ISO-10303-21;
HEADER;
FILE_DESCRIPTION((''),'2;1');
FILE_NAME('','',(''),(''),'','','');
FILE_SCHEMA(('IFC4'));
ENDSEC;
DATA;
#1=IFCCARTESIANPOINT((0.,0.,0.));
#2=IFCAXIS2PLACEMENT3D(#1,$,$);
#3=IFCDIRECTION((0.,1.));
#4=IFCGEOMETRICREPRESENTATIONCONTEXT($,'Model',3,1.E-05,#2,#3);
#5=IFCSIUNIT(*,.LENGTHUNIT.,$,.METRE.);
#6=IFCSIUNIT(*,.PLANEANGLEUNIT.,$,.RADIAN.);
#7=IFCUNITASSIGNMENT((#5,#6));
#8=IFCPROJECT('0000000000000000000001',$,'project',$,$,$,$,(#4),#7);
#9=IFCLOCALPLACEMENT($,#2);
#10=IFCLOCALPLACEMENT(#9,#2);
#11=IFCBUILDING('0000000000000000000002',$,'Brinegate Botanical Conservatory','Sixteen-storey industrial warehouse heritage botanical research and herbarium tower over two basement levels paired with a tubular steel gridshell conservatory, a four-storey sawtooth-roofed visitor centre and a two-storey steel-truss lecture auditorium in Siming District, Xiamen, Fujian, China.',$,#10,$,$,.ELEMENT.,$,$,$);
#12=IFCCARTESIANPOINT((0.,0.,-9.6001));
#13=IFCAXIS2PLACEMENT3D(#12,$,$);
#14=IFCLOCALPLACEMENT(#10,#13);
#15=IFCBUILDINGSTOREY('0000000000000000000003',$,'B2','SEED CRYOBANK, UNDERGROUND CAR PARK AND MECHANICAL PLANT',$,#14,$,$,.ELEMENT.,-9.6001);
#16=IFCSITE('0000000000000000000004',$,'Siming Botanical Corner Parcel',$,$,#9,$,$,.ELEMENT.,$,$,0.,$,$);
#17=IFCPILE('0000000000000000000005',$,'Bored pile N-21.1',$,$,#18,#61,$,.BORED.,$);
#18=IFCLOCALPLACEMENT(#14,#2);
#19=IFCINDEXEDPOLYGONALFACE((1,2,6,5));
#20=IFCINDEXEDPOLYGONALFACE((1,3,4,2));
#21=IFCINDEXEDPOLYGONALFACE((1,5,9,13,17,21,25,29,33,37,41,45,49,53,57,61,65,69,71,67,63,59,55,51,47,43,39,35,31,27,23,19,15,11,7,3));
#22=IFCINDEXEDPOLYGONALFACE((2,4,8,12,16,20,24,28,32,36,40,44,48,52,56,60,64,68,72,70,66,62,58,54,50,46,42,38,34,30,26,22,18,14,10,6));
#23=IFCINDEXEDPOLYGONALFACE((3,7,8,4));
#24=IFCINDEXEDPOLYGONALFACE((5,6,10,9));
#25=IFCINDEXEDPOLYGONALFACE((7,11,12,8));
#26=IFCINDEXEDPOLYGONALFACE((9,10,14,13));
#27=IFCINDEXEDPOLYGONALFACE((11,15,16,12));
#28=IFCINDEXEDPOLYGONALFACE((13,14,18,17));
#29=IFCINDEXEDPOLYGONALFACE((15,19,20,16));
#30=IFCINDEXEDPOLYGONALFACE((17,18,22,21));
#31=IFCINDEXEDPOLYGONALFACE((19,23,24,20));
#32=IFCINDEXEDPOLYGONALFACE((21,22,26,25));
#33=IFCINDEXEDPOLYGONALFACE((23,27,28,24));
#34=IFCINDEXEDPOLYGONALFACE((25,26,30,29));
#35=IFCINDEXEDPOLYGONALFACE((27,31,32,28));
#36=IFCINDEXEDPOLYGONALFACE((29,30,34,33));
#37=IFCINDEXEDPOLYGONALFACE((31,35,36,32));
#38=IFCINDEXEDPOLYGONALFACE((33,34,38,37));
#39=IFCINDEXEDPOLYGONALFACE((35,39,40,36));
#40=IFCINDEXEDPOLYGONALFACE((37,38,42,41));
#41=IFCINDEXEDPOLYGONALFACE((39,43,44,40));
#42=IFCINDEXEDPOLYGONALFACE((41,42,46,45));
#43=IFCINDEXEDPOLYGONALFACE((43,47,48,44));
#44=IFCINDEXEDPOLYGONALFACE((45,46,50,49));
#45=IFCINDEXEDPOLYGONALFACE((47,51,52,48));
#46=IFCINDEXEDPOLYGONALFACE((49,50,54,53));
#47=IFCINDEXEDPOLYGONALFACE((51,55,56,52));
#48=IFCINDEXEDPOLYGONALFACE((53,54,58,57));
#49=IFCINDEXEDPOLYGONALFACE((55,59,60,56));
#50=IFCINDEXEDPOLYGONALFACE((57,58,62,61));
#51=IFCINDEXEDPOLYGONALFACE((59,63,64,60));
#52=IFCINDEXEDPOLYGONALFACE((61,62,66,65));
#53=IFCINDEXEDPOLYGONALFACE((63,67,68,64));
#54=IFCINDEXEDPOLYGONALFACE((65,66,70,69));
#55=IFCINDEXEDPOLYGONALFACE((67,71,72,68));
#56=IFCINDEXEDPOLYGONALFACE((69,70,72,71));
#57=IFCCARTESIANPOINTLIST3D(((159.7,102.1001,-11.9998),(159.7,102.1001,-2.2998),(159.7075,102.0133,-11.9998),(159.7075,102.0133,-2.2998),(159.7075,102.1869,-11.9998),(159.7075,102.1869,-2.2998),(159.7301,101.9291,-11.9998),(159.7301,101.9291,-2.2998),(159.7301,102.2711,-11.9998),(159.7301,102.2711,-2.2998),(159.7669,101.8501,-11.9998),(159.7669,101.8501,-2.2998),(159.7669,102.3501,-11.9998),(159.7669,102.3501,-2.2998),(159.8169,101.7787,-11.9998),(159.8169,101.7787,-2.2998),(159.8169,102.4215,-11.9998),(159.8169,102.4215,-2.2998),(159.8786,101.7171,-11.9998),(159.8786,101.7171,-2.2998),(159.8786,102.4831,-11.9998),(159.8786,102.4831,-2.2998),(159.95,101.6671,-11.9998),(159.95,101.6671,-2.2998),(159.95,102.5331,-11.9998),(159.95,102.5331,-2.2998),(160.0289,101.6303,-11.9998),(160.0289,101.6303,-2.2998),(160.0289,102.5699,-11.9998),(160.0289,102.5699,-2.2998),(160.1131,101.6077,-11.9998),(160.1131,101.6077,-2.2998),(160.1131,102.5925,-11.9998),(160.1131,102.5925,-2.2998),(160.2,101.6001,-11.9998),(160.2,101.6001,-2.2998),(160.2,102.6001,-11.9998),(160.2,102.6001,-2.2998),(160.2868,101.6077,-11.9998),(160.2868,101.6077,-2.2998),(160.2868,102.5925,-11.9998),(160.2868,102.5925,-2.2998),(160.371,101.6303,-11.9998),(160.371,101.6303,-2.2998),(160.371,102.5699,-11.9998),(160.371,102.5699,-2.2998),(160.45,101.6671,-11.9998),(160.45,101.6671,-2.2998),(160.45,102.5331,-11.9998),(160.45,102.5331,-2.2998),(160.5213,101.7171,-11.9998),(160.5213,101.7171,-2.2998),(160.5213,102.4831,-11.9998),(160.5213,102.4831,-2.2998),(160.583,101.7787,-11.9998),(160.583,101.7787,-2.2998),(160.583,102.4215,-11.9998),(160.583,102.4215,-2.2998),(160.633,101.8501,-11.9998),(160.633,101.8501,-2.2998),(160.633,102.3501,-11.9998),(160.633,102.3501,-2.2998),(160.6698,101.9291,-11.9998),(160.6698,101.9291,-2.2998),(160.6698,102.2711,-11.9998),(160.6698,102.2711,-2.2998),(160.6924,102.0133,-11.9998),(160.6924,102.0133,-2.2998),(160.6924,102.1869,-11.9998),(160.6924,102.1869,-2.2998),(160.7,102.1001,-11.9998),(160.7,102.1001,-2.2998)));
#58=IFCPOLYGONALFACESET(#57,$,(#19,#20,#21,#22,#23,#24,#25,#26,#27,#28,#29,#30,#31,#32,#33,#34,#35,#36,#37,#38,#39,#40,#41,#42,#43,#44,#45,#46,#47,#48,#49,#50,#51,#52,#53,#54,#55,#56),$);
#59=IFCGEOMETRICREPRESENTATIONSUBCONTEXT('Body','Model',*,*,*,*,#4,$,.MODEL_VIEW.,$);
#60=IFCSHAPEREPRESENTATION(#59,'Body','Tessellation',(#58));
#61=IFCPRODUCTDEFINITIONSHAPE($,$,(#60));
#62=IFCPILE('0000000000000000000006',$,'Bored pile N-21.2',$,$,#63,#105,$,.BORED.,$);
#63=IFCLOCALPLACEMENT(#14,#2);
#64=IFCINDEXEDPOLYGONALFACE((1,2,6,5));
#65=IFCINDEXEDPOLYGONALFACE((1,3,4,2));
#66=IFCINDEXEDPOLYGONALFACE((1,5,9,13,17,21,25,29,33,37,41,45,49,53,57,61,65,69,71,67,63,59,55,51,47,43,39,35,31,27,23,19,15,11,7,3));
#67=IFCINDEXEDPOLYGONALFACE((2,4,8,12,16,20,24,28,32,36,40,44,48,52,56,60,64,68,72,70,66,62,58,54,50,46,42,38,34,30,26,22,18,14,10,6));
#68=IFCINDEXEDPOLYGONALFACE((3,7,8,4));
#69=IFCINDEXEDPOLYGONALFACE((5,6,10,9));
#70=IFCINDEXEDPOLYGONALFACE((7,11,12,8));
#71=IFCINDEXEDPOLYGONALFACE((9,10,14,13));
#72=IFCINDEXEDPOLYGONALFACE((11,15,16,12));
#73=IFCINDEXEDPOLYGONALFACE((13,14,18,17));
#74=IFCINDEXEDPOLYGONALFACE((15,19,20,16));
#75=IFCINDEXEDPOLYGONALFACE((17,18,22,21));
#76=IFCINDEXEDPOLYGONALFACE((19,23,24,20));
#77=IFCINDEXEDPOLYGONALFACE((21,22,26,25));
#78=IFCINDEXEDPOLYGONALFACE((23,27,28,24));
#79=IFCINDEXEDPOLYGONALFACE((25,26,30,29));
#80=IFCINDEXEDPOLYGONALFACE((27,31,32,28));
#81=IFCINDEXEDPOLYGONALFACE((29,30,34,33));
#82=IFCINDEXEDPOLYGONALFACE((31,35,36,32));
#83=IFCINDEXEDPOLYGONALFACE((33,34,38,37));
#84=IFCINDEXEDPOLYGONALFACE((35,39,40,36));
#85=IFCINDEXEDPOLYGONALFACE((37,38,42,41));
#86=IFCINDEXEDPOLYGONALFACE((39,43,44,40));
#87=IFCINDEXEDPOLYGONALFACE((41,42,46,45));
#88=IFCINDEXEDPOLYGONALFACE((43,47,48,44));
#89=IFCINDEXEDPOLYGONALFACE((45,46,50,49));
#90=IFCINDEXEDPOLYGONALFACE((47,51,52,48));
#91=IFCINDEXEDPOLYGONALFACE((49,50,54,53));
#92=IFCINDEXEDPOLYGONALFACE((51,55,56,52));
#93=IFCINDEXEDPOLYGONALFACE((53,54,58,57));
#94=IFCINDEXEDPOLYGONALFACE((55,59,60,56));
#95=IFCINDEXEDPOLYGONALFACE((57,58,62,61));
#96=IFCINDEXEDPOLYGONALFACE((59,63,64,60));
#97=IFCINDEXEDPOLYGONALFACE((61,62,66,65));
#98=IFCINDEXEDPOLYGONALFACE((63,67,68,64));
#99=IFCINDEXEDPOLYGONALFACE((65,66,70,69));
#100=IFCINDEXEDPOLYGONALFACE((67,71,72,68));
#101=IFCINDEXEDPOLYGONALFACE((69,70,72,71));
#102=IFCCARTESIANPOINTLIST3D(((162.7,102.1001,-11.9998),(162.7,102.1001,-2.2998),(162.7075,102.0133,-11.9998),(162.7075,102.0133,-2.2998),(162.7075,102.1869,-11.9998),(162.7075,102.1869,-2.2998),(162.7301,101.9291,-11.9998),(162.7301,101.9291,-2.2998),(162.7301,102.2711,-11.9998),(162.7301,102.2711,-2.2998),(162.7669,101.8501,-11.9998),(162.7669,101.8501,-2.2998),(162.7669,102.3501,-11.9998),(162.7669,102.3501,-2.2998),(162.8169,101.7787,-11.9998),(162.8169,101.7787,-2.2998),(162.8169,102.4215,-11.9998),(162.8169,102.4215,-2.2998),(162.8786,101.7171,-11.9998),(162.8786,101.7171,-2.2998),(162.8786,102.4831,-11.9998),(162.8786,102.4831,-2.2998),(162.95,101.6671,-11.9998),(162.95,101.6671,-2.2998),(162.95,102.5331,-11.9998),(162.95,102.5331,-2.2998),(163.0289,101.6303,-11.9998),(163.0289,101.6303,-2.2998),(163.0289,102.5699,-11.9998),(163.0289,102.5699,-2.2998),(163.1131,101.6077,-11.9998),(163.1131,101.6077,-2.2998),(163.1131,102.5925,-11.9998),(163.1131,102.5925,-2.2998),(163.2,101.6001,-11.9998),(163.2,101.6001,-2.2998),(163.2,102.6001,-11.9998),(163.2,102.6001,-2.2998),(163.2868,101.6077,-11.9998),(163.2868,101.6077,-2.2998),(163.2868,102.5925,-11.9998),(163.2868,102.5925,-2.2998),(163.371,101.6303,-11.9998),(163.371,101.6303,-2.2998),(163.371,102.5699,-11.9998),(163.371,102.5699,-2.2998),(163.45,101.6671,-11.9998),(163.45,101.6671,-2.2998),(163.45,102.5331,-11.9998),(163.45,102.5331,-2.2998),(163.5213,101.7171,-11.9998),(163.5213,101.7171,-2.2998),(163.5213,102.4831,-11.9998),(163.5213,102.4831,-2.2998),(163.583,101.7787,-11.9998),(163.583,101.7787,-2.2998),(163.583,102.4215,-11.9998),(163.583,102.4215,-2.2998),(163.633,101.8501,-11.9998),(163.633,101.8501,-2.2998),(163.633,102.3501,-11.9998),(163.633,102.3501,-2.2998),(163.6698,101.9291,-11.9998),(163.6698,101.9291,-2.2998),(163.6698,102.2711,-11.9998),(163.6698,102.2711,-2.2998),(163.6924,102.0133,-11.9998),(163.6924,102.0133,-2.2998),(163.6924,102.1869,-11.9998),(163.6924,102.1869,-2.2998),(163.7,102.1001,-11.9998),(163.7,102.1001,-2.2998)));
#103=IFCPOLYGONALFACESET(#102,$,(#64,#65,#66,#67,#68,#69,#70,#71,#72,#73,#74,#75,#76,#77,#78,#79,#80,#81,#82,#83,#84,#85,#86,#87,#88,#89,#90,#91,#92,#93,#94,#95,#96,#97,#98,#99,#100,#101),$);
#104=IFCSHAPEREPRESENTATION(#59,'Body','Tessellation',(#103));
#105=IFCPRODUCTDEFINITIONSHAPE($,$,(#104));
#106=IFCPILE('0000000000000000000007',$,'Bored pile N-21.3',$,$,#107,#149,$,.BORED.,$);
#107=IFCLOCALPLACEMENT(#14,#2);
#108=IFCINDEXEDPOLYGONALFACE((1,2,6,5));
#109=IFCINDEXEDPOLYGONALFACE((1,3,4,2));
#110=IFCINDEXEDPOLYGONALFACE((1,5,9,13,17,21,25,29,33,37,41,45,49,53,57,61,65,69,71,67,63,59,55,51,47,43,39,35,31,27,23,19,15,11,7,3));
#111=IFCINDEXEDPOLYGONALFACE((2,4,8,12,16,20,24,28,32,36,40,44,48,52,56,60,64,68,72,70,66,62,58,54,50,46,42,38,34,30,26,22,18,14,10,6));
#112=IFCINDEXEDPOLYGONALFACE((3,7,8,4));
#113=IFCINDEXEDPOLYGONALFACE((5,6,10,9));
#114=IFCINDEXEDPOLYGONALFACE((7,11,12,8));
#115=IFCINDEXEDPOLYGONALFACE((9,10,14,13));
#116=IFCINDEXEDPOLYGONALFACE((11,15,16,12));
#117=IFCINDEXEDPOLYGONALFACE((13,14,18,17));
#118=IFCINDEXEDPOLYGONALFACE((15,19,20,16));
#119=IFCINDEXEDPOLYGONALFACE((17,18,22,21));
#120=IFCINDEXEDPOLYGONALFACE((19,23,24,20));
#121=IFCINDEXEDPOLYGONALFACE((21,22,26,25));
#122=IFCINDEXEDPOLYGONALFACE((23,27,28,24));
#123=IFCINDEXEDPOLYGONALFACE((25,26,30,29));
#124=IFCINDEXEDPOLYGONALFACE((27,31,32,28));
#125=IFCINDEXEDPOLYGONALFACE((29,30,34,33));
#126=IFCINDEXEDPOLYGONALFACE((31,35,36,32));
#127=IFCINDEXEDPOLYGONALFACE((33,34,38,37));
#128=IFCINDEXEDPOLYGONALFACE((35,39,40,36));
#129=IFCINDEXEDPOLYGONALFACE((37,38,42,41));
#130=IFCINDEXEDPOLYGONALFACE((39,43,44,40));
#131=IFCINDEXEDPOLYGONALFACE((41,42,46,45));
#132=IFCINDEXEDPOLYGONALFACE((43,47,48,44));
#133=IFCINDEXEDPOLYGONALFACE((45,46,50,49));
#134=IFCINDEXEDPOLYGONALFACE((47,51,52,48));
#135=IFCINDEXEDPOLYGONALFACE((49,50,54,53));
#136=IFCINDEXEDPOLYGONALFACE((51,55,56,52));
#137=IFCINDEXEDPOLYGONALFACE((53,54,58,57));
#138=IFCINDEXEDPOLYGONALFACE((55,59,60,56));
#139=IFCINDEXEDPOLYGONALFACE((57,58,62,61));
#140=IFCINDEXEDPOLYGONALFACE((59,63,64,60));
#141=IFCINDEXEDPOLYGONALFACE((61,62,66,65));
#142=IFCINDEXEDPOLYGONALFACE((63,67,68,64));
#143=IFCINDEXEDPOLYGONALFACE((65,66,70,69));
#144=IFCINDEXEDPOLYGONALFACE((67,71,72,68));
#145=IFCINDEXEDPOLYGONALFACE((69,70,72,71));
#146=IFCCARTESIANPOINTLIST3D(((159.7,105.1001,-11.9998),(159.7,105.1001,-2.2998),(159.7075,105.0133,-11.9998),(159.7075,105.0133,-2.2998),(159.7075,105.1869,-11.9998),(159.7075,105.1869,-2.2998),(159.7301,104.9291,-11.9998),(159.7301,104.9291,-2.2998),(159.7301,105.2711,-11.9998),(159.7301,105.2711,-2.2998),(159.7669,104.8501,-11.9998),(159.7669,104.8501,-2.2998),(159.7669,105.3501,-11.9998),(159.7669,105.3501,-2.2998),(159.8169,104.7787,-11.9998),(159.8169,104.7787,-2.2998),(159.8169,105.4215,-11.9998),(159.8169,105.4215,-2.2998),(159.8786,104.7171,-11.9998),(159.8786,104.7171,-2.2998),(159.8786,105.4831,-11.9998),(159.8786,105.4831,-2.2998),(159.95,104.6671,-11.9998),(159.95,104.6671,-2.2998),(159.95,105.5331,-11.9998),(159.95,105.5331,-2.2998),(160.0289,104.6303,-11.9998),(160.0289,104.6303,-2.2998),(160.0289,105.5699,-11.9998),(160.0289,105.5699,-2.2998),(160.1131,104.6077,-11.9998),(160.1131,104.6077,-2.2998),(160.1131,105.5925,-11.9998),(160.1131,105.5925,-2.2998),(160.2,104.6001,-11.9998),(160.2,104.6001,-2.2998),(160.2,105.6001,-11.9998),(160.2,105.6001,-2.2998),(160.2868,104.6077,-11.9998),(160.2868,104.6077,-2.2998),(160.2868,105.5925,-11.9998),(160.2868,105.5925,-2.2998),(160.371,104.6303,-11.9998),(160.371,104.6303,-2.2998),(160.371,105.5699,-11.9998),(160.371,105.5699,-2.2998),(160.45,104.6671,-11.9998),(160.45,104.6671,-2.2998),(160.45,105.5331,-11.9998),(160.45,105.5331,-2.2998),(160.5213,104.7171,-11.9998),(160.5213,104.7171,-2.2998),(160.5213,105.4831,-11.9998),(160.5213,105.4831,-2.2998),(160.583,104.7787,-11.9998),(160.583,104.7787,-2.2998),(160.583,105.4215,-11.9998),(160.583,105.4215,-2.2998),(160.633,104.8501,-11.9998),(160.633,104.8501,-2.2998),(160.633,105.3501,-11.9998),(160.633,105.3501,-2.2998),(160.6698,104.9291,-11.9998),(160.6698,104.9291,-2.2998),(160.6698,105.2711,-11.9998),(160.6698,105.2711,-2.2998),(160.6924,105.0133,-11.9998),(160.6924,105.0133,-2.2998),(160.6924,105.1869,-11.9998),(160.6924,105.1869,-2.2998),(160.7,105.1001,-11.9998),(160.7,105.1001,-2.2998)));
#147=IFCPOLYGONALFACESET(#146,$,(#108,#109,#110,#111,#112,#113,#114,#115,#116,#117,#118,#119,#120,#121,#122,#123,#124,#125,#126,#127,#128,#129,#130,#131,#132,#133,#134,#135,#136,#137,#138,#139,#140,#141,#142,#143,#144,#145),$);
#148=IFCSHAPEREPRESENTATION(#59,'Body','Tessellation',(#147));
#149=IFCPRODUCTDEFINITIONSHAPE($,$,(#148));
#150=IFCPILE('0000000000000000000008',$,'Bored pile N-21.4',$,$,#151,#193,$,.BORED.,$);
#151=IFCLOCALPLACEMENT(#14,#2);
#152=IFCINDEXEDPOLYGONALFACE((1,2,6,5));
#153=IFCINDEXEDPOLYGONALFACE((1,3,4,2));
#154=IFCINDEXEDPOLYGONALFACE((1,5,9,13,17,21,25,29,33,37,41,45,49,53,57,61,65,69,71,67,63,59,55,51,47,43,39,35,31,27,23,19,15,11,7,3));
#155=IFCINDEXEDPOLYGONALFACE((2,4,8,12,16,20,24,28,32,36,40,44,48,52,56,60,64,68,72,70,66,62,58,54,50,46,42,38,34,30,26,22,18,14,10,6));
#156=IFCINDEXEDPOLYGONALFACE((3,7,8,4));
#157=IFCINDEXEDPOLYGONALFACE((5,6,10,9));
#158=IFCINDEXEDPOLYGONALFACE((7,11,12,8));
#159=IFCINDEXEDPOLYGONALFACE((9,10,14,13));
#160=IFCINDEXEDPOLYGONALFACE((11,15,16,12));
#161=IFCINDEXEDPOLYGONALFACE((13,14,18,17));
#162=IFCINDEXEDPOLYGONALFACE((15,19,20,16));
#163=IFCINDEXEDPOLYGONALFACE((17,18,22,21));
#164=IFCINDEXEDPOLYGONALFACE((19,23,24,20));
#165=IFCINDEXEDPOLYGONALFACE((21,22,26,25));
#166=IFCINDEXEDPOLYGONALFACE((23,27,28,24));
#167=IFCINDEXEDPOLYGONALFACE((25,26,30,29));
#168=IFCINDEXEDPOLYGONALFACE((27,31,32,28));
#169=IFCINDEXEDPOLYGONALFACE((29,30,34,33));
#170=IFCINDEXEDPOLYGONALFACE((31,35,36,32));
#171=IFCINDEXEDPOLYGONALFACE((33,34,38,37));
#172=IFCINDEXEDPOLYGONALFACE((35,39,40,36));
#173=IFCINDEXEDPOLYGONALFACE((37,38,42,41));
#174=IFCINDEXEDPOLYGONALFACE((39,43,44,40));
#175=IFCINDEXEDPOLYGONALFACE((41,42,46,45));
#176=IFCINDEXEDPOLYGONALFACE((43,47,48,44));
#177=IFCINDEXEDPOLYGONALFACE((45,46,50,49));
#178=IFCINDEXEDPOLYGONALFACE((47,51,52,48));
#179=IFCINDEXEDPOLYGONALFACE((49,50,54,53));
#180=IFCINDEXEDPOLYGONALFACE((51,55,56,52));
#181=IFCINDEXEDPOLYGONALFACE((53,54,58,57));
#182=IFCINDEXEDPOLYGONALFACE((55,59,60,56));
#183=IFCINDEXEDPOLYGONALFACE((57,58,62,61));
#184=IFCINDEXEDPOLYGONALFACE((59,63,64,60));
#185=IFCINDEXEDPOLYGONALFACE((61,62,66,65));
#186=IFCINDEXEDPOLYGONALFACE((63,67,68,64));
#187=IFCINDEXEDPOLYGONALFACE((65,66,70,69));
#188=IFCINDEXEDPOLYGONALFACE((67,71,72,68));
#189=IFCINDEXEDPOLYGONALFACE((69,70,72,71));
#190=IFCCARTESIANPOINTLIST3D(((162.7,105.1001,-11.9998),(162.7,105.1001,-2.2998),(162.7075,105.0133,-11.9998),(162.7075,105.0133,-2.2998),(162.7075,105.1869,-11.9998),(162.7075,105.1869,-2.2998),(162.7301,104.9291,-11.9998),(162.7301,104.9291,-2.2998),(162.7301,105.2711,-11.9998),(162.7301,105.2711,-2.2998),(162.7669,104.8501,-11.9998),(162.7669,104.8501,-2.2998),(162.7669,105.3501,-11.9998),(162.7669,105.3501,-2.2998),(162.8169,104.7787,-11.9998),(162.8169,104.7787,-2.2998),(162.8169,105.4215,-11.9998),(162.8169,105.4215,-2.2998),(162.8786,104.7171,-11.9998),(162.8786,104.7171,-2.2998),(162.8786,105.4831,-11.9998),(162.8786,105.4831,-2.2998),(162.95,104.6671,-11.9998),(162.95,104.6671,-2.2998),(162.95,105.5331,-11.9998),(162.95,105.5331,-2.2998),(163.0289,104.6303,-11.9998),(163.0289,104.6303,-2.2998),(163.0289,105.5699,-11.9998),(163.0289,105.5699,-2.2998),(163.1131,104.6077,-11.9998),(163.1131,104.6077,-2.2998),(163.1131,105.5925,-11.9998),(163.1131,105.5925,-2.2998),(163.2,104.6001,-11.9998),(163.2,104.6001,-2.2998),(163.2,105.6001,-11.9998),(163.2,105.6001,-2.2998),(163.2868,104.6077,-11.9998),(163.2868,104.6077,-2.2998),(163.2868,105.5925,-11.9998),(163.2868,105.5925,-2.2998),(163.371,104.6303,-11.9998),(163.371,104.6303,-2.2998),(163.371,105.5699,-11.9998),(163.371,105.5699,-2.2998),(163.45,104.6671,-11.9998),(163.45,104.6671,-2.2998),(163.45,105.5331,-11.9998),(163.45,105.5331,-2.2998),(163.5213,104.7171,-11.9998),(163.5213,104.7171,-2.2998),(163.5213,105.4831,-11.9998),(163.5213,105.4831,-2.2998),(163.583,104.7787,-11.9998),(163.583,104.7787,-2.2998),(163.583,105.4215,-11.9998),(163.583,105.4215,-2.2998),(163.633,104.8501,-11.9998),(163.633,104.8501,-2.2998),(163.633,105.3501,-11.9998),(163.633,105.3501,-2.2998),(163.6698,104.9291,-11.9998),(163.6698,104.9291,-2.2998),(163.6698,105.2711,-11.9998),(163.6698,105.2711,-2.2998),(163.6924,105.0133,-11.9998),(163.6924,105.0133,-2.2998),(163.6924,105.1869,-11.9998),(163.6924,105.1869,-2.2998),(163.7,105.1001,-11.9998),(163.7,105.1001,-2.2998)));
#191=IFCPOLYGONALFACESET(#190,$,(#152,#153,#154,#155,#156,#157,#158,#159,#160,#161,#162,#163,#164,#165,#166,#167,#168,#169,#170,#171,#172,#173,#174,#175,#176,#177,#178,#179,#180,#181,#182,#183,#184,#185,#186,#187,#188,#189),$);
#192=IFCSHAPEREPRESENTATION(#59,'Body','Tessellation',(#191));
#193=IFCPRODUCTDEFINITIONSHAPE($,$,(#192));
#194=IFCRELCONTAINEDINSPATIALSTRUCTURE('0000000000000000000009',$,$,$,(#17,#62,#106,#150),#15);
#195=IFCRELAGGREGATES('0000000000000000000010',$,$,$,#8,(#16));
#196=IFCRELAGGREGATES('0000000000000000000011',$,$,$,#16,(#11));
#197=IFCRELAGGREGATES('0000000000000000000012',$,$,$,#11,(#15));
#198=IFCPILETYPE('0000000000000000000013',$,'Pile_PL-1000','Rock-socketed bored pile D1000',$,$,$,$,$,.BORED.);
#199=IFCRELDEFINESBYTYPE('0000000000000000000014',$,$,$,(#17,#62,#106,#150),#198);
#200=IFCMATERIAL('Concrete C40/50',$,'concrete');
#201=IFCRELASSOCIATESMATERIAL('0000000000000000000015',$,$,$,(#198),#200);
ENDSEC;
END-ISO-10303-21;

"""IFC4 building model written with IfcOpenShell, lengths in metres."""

from ifc_helpers import new_model, si_unit, direction, frame, origin, origin_2d, place, context, subcontext, project, spatial, circle, extrude, material, material_profile, profile_set, type_object, element, save


model = new_model("IFC4")

# Units and contexts
model_context = context("Model", 3, precision=1e-05, world=origin(), true_north=direction((0.0, 1.0)))
body_context = subcontext(model_context, "Body", "Model", "MODEL_VIEW")
ifc_project = project(units=[si_unit("LENGTHUNIT", "METRE"), si_unit("PLANEANGLEUNIT", "RADIAN")], contexts=[model_context])

# Site, building, storey
site_placement = place(None, origin())
site = spatial("IfcSite", under=ifc_project, at=site_placement, Name="Siming Botanical Corner Parcel", CompositionType="ELEMENT", RefElevation=0.0)
building_placement = place(site_placement, origin())
building = spatial("IfcBuilding", under=site, at=building_placement, Name="Brinegate Botanical Conservatory", Description="Sixteen-storey industrial warehouse heritage botanical research and herbarium tower over two basement levels paired with a tubular steel gridshell conservatory, a four-storey sawtooth-roofed visitor centre and a two-storey steel-truss lecture auditorium in Siming District, Xiamen, Fujian, China.", CompositionType="ELEMENT")
storey_placement = place(building_placement, frame((0.0, 0.0, -9.6001)))
storey = spatial("IfcBuildingStorey", under=building, at=storey_placement, Name="B2", Description="SEED CRYOBANK, UNDERGROUND CAR PARK AND MECHANICAL PLANT", CompositionType="ELEMENT", Elevation=-9.6001)

# Shared definitions
ifc_material_1 = material(Name="Concrete C40/50", Category="concrete")

# Piles
ifc_material_profile_1 = material_profile(ifc_material_1, circle(Radius=0.5, at=origin_2d()), Name="PILE D1000")
ifc_profile_set_1 = profile_set([ifc_material_profile_1], Name="Concrete C40/50")
pile_type_1 = type_object("IfcPileType", Name="Pile_PL-1000", Description="Rock-socketed bored pile D1000", PredefinedType="BORED", material=ifc_profile_set_1)
for number, where, z_axis, x_axis, name in (
    (1, (160.2, 102.1001, -2.2998), (0.0, 0.0, -1.0), (1.0, 0.0, 0.0), "Bored pile N-21.1"),
    (2, (163.2, 102.1001, -2.2998), (0.0, 0.0, -1.0), (1.0, 0.0, 0.0), "Bored pile N-21.2"),
    (3, (160.2, 105.1001, -2.2998), (0.0, 0.0, -1.0), (1.0, 0.0, 0.0), "Bored pile N-21.3"),
    (4, (163.2, 105.1001, -2.2998), (0.0, 0.0, -1.0), (1.0, 0.0, 0.0), "Bored pile N-21.4"),
):
    element("IfcPile", number, at=place(storey_placement, frame(where, z_axis=z_axis, x_axis=x_axis)), inside=storey, type_object=pile_type_1, Name=name, PredefinedType="BORED", context=body_context, shape_type="SweptSolid", body=[
        extrude(circle(Radius=0.5, at=origin_2d()), origin(), (0.0, 0.0, 1.0), 9.7),
    ])

save(model, "model.ifc")
